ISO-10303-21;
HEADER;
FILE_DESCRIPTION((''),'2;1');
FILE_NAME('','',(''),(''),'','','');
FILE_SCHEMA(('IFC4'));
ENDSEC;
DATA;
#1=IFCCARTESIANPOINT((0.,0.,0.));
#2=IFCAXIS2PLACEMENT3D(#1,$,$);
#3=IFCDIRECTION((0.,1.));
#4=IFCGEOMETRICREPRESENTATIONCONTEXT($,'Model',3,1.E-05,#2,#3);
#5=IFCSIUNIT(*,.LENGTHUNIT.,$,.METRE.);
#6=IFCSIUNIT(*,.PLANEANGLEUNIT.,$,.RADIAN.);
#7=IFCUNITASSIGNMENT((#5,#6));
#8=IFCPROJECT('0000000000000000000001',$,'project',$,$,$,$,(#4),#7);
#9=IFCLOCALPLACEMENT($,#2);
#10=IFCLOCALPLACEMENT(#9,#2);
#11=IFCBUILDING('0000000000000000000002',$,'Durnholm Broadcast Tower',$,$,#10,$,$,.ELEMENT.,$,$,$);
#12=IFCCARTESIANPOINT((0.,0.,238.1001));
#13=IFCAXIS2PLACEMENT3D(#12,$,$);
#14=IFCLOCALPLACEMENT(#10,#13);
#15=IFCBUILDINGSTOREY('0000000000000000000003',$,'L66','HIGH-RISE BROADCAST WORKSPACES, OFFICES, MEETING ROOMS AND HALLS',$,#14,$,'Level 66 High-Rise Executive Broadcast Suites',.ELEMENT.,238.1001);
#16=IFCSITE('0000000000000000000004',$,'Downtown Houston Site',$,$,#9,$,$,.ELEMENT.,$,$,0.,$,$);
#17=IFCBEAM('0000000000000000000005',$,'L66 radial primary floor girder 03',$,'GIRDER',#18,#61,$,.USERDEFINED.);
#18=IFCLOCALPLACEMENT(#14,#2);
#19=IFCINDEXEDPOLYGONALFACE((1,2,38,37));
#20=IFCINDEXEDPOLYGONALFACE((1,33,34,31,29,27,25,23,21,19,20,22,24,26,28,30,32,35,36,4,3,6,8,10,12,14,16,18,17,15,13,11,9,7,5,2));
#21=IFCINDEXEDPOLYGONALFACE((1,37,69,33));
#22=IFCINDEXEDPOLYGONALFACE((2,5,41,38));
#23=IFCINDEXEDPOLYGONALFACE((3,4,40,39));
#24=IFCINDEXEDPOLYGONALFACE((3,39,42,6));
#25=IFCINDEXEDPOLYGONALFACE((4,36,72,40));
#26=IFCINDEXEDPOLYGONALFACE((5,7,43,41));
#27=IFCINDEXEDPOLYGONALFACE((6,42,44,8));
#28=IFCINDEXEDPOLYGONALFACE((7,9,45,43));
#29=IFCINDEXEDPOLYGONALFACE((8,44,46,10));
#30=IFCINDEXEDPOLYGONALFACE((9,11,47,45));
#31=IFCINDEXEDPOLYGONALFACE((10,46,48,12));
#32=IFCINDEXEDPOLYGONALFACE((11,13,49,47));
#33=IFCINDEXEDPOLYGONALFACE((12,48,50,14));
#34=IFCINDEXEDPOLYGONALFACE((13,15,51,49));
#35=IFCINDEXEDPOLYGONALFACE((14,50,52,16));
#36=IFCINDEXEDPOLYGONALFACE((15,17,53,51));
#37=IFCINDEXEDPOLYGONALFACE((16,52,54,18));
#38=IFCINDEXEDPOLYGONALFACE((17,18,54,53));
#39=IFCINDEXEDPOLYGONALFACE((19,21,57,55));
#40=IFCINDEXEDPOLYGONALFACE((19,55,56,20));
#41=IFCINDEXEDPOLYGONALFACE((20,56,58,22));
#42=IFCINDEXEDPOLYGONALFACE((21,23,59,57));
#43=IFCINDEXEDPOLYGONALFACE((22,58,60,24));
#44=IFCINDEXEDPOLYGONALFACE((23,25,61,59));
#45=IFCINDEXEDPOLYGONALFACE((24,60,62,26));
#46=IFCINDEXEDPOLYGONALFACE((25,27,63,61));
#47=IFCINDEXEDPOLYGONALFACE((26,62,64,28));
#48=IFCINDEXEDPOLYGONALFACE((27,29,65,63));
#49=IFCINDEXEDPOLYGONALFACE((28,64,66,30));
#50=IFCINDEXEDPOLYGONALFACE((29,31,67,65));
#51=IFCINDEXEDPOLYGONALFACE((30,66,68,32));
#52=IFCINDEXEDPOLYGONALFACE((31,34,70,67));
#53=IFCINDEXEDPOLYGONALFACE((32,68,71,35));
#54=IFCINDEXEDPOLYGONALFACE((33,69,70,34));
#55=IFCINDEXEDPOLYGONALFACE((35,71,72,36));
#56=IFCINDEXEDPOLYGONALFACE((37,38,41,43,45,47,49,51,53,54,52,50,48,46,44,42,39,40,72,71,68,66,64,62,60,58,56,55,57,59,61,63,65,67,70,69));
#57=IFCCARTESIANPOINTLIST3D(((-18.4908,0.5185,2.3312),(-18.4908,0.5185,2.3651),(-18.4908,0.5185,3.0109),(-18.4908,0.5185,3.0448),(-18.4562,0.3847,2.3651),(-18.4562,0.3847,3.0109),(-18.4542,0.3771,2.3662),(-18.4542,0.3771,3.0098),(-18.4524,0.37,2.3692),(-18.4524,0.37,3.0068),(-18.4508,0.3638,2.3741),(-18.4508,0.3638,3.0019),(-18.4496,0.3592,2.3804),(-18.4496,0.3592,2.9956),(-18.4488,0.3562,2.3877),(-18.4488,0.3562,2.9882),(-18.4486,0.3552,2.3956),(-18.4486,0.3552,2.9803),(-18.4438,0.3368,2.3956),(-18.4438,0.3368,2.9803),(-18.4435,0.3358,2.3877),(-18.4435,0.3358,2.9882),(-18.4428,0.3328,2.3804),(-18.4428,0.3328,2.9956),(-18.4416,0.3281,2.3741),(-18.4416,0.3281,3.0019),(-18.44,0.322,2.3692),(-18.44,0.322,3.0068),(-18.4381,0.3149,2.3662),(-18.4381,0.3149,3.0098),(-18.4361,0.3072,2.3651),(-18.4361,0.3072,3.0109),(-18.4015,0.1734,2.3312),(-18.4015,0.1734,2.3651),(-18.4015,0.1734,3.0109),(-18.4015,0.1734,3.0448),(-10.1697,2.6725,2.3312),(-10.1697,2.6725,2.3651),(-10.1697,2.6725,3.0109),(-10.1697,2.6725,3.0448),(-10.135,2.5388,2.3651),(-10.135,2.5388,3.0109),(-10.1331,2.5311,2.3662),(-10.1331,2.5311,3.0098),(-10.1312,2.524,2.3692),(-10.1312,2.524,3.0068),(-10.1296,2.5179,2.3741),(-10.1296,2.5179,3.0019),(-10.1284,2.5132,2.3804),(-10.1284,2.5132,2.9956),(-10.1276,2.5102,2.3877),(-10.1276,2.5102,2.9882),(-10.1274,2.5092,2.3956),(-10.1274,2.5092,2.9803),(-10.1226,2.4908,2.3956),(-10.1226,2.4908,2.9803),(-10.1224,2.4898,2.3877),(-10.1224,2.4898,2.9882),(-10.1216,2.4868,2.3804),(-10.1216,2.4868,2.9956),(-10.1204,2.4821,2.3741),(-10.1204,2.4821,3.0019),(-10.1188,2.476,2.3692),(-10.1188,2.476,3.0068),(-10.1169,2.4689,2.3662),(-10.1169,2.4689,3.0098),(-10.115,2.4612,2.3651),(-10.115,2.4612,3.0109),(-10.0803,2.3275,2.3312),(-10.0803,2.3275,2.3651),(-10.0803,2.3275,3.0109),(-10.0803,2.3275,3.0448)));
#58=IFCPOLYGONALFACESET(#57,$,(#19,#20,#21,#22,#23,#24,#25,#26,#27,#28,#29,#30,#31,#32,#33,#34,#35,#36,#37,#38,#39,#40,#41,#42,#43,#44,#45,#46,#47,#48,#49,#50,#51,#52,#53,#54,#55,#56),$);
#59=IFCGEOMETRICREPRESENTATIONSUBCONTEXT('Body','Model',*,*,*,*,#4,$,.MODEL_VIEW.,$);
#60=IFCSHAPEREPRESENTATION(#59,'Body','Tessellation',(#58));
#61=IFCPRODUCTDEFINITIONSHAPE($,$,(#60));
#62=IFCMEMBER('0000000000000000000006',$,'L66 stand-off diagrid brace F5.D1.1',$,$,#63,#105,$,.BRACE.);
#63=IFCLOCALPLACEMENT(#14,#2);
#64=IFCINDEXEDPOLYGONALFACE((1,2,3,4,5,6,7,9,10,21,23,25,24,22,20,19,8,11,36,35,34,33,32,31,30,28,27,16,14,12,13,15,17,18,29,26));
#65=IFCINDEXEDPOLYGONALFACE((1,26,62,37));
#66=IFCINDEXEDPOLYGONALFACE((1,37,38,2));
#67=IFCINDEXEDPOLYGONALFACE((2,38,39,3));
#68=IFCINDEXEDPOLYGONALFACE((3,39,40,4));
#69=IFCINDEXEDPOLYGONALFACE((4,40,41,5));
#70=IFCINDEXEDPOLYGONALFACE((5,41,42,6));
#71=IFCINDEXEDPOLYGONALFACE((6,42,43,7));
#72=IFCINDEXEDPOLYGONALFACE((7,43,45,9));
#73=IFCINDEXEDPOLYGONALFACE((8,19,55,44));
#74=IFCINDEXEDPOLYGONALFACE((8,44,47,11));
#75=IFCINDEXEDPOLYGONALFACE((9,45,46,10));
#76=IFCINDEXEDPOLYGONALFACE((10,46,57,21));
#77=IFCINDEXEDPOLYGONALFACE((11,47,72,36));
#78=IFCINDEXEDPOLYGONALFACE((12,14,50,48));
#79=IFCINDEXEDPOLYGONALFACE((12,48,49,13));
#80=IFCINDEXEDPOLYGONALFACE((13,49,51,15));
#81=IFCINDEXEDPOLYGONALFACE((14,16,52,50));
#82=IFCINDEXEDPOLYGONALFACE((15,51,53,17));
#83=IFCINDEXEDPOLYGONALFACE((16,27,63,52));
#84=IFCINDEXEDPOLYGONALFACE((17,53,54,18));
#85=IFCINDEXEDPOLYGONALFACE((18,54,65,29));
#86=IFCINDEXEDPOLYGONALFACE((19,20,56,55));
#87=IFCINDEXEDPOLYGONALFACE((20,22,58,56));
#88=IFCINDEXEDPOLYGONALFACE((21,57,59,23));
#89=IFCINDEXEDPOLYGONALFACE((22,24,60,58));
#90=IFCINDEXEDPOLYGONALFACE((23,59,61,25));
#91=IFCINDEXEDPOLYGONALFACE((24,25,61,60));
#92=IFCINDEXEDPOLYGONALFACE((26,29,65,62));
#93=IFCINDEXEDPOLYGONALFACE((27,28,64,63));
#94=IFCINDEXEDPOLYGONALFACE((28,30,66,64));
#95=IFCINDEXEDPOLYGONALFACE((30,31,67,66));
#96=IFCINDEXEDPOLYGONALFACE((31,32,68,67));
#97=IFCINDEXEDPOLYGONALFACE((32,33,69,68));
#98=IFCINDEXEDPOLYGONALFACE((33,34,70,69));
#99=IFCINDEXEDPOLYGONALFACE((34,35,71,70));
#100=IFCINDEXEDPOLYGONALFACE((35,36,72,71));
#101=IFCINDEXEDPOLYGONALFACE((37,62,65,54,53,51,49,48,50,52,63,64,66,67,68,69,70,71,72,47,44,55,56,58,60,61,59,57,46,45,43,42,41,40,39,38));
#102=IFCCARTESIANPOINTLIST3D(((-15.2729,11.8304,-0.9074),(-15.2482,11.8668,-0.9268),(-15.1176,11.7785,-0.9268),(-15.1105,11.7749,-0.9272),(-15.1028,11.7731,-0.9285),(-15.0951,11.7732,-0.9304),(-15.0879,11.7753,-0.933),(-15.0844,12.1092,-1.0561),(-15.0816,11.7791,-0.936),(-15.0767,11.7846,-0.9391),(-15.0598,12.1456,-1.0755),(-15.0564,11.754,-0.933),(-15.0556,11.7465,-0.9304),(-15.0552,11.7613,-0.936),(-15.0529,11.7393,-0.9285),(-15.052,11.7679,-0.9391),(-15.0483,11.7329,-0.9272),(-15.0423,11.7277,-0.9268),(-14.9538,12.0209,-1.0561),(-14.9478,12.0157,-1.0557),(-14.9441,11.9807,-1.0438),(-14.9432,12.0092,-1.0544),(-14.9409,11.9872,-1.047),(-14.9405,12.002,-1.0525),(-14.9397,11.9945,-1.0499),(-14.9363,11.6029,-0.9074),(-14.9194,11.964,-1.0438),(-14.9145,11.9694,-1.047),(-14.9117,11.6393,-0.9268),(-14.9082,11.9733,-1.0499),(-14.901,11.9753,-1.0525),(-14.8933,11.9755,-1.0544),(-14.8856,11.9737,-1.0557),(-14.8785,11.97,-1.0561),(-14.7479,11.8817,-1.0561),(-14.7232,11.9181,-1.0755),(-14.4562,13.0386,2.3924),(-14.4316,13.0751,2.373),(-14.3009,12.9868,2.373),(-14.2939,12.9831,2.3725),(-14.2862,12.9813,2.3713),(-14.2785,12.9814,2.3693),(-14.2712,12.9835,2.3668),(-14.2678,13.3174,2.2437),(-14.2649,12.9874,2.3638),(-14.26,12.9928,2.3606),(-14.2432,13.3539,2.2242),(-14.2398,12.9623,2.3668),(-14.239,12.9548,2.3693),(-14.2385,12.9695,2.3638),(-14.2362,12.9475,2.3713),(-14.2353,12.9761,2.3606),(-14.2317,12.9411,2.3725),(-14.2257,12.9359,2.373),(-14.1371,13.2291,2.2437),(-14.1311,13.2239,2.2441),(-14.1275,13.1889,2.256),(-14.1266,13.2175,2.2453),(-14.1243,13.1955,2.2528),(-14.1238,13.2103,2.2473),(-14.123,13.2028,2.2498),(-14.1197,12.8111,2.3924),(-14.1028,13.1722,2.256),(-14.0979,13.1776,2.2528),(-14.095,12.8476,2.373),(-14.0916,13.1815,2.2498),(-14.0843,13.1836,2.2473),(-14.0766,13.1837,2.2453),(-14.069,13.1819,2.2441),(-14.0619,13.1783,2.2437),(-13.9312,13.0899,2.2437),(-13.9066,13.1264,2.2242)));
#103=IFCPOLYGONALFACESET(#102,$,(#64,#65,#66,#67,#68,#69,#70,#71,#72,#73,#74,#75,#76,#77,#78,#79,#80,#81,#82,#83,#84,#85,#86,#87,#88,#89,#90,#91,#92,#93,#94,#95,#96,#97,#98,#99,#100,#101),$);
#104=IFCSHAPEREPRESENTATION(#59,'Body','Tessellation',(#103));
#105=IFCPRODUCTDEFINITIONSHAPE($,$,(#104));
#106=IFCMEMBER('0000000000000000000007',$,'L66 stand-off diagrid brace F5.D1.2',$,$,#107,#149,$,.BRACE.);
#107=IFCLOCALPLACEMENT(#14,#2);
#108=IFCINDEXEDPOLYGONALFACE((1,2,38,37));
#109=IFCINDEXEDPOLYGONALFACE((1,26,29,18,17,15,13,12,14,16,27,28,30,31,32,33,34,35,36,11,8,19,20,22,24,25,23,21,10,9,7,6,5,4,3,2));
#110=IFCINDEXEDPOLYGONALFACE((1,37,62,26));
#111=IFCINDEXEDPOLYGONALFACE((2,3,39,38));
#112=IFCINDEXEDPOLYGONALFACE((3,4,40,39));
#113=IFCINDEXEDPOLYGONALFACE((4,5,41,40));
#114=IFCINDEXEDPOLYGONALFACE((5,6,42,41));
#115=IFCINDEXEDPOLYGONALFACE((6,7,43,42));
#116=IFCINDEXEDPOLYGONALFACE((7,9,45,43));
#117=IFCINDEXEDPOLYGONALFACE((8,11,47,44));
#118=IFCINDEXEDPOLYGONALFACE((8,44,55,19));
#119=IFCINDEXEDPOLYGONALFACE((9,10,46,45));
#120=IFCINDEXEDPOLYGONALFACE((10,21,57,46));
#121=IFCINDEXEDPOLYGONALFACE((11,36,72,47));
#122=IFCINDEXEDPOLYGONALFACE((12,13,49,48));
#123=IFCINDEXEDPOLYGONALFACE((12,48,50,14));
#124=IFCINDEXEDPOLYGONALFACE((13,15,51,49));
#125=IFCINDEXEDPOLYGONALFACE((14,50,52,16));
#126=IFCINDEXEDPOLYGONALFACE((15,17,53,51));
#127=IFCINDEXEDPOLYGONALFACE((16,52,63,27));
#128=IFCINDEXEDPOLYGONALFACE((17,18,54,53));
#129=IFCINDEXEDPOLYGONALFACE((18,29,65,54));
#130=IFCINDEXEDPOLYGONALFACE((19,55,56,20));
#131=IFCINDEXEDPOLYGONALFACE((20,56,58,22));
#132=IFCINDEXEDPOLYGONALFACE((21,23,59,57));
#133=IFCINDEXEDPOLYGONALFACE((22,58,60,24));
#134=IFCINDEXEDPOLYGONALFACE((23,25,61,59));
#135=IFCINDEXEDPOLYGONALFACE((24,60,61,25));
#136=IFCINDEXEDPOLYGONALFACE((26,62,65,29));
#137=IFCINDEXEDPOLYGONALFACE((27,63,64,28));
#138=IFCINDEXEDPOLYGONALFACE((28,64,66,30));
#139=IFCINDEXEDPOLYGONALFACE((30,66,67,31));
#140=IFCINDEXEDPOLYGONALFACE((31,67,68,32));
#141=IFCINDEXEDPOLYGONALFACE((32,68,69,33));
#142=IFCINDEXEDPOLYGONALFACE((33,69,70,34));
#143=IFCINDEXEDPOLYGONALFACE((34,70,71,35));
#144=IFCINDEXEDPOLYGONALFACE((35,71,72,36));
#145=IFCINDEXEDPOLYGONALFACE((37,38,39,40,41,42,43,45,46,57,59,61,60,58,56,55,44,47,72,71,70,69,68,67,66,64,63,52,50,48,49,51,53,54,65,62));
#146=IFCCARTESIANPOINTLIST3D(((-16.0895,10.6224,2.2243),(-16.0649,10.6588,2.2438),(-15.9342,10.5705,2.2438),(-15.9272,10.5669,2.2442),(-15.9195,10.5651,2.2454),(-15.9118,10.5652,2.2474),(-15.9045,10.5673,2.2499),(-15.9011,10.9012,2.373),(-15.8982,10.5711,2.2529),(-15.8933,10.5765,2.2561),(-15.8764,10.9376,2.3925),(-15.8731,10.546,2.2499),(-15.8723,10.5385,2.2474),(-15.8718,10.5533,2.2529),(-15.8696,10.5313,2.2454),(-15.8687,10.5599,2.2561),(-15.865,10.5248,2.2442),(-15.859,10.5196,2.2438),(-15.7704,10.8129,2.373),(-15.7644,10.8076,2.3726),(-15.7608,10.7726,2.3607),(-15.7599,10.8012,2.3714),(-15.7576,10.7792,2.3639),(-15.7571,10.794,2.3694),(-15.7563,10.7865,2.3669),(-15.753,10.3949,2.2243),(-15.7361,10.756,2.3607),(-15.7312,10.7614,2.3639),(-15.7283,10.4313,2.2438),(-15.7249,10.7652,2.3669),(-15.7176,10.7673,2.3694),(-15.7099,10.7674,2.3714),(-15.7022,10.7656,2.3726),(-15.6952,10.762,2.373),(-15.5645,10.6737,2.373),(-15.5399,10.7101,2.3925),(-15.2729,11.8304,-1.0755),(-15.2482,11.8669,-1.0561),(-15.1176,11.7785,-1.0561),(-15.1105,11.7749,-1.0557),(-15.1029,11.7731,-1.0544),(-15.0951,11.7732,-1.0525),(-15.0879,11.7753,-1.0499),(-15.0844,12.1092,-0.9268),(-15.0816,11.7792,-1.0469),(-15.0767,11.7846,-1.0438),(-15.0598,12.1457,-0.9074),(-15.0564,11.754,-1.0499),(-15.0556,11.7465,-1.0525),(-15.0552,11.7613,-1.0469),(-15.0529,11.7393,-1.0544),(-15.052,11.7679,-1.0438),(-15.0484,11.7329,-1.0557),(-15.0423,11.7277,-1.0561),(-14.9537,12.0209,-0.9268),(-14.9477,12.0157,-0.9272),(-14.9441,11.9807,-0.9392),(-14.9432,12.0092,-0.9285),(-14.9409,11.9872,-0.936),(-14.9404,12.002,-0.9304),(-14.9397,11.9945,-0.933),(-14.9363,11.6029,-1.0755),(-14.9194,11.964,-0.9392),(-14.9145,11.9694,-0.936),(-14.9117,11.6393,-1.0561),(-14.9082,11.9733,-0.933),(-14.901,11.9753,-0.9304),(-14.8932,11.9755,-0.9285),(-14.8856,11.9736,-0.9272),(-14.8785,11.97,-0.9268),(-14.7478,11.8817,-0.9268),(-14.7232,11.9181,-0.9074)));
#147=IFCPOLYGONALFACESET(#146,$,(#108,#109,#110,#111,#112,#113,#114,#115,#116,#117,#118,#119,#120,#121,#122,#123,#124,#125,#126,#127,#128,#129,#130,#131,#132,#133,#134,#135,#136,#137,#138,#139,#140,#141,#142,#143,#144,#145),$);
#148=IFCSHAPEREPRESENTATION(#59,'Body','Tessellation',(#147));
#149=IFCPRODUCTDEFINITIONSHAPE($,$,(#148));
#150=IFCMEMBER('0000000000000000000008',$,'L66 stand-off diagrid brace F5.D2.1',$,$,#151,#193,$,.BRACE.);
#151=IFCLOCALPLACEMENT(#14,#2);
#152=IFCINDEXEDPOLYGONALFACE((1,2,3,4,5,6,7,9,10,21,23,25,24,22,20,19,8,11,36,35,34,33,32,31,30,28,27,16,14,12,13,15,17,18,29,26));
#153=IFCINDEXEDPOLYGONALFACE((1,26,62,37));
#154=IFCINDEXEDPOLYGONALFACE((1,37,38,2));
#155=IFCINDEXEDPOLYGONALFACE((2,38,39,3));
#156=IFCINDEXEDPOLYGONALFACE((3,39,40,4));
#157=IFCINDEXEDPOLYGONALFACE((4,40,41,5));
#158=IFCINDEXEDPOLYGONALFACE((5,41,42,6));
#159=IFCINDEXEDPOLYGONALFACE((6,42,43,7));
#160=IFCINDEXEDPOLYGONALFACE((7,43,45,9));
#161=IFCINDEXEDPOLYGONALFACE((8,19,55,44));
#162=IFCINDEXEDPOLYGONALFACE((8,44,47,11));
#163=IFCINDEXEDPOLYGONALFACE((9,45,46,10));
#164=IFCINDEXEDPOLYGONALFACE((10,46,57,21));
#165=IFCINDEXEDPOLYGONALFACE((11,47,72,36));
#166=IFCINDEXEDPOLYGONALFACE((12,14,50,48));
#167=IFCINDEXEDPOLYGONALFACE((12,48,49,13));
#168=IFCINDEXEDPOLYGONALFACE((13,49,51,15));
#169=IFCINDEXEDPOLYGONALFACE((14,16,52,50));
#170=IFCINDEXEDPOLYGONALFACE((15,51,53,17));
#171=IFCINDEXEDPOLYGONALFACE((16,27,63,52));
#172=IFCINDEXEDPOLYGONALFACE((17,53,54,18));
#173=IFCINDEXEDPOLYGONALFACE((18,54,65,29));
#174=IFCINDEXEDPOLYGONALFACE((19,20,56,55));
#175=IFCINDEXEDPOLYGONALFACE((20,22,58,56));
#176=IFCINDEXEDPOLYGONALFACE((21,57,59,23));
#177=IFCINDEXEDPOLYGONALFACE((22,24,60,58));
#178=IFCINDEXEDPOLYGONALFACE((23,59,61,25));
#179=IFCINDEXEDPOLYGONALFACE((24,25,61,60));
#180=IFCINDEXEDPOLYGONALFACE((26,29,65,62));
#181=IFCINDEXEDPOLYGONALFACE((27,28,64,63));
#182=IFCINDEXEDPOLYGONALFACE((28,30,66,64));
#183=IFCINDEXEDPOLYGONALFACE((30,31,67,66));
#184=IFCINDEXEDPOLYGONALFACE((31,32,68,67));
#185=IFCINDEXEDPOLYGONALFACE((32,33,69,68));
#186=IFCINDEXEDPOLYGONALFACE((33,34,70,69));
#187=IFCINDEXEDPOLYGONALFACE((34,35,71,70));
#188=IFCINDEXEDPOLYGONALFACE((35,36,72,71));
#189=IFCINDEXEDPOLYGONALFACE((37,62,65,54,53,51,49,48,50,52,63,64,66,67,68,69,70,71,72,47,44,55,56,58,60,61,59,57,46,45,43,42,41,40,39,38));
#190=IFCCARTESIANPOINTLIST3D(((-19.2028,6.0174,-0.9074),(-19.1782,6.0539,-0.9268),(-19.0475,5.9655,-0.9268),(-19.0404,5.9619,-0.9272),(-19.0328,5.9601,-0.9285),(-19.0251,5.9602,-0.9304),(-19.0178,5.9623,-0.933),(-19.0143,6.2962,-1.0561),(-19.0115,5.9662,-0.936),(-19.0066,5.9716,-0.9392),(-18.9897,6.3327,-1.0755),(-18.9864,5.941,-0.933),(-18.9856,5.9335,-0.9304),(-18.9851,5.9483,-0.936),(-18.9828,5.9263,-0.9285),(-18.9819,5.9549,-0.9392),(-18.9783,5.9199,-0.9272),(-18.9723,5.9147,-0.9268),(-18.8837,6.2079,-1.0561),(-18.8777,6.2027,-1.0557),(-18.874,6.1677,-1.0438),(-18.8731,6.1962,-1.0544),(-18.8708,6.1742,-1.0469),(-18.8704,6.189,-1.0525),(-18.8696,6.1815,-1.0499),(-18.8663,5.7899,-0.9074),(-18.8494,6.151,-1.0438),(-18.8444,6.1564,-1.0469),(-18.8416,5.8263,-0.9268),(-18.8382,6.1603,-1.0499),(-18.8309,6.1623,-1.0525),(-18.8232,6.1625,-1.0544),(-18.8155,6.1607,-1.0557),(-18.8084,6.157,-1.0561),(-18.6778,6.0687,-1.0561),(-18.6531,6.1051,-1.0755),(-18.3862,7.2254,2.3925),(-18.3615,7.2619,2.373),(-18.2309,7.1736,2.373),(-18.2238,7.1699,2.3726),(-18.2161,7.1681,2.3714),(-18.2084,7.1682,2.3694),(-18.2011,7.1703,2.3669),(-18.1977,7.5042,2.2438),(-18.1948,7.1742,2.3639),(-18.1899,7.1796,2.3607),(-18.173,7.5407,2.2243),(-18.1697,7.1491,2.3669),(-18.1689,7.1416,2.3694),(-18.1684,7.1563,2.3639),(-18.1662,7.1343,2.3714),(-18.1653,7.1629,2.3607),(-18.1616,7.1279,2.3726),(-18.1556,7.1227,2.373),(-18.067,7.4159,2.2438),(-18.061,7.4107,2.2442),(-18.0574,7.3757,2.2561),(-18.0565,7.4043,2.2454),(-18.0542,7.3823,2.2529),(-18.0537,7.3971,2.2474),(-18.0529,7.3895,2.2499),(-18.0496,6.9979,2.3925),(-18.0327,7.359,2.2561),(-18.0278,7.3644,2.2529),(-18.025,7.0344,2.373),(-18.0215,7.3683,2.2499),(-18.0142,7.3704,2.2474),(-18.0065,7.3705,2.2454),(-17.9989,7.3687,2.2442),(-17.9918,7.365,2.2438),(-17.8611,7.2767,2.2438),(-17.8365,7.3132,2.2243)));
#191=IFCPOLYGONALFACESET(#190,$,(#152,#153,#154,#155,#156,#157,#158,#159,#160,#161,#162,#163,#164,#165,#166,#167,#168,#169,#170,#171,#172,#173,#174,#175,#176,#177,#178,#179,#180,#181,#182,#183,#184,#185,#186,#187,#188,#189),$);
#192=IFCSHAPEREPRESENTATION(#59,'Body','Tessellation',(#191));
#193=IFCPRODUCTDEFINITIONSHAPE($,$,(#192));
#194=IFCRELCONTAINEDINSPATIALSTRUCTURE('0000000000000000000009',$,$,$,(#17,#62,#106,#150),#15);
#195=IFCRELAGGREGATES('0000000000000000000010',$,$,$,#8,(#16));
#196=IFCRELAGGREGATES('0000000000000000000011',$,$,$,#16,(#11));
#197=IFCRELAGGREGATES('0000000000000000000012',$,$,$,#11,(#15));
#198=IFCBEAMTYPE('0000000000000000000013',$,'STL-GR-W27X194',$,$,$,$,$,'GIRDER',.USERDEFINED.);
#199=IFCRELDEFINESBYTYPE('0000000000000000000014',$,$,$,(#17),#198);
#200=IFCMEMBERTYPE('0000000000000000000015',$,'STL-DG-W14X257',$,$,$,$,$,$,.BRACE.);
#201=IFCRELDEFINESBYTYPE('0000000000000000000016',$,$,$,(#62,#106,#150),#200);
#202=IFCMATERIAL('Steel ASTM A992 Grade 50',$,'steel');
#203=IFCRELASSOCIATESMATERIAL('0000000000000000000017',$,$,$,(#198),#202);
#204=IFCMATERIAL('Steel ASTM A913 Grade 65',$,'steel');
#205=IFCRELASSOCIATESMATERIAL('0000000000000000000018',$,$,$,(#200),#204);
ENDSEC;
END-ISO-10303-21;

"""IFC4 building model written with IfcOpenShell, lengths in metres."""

from ifc_helpers import new_model, si_unit, direction, frame, origin, origin_2d, place, context, subcontext, project, spatial, i_section, extrude, source, transform, mapped, material, material_profile, profile_set, type_object, type_shapes, element, save


model = new_model("IFC4")

# Units and contexts
model_context = context("Model", 3, precision=1e-05, world=origin(), true_north=direction((0.0, 1.0)))
body_context = subcontext(model_context, "Body", "Model", "MODEL_VIEW")
ifc_project = project(units=[si_unit("LENGTHUNIT", "METRE"), si_unit("PLANEANGLEUNIT", "RADIAN")], contexts=[model_context])

# Site, building, storey
site_placement = place(None, origin())
site = spatial("IfcSite", under=ifc_project, at=site_placement, Name="Downtown Houston Site", CompositionType="ELEMENT", RefElevation=0.0)
building_placement = place(site_placement, origin())
building = spatial("IfcBuilding", under=site, at=building_placement, Name="Durnholm Broadcast Tower", CompositionType="ELEMENT")
storey_placement = place(building_placement, frame((0.0, 0.0, 238.1001)))
storey = spatial("IfcBuildingStorey", under=building, at=storey_placement, Name="L66", Description="HIGH-RISE BROADCAST WORKSPACES, OFFICES, MEETING ROOMS AND HALLS", LongName="Level 66 High-Rise Executive Broadcast Suites", CompositionType="ELEMENT", Elevation=238.1001)

# Beam
ifc_material_1 = material(Name="Steel ASTM A992 Grade 50", Category="steel")
ifc_material_profile_1 = material_profile(ifc_material_1, i_section(OverallWidth=0.3564, OverallDepth=0.7136, WebThickness=0.019, FlangeThickness=0.0339, FilletRadius=0.0305, at=origin_2d()), Name="W27X194")
ifc_profile_set_1 = profile_set([ifc_material_profile_1], Name="Steel ASTM A992 Grade 50")
beam_type_1 = type_object("IfcBeamType", Name="STL-GR-W27X194", ElementType="GIRDER", PredefinedType="USERDEFINED", material=ifc_profile_set_1)
shared_shape_1 = source(origin(), body_context, "Body", "SweptSolid", [
    extrude(i_section(OverallWidth=0.3564, OverallDepth=0.7136, WebThickness=0.019, FlangeThickness=0.0339, FilletRadius=0.0305, at=origin_2d()), origin(), (0.0, 0.0, 1.0), 8.5955),
])
beam_1_placement = place(storey_placement, frame((-10.125, 2.5, 2.688), z_axis=(-0.968091, -0.2506, 0.0), x_axis=(0.2506, -0.968091, 0.0)))
element("IfcBeam", 1, at=beam_1_placement, inside=storey, type_object=beam_type_1, Name="L66 radial primary floor girder 03", ObjectType="GIRDER", PredefinedType="USERDEFINED", context=body_context, shape_type="MappedRepresentation", body=[
    mapped(shared_shape_1, transform((0.0, 0.0, 0.0), x_axis=(1.0, 0.0, 0.0), y_axis=(0.0, 1.0, 0.0), z_axis=(0.0, 0.0, 1.0), scale=1.0)),
])

# Members
ifc_material_2 = material(Name="Steel ASTM A913 Grade 65", Category="steel")
ifc_material_profile_2 = material_profile(ifc_material_2, i_section(OverallWidth=0.4062, OverallDepth=0.416, WebThickness=0.0298, FlangeThickness=0.0481, FilletRadius=0.0305, at=origin_2d()), Name="W14X257")
ifc_profile_set_2 = profile_set([ifc_material_profile_2], Name="Steel ASTM A913 Grade 65")
member_type_1 = type_object("IfcMemberType", Name="STL-DG-W14X257", PredefinedType="BRACE", material=ifc_profile_set_2)
shared_shape_2 = source(origin(), body_context, "Body", "SweptSolid", [
    extrude(i_section(OverallWidth=0.4062, OverallDepth=0.416, WebThickness=0.0298, FlangeThickness=0.0481, FilletRadius=0.0305, at=origin_2d()), origin(), (0.0, 0.0, 1.0), 3.6077),
])
type_shapes(member_type_1, [shared_shape_2])
for number, where, z_axis, x_axis, name in (
    (2, (-14.998, 11.8743, -0.9915), (0.226363, 0.334909, 0.914656), (-0.828505, 0.559982, 0.0), "L66 stand-off diagrid brace F5.D1.1"),
    (3, (-14.998, 11.8743, -0.9915), (-0.226368, -0.334849, 0.914677), (0.828452, -0.560059, 0.0), "L66 stand-off diagrid brace F5.D1.2"),
    (4, (-18.928, 6.0613, -0.9915), (0.226368, 0.334849, 0.914677), (-0.828452, 0.560059, 0.0), "L66 stand-off diagrid brace F5.D2.1"),
):
    element("IfcMember", number, at=place(storey_placement, frame(where, z_axis=z_axis, x_axis=x_axis)), inside=storey, type_object=member_type_1, Name=name, PredefinedType="BRACE", context=body_context, shape_type="MappedRepresentation", body=[
        mapped(shared_shape_2, transform((0.0, 0.0, 0.0), x_axis=(1.0, 0.0, 0.0), y_axis=(0.0, 1.0, 0.0), z_axis=(0.0, 0.0, 1.0), scale=1.0)),
    ])

save(model, "model.ifc")
